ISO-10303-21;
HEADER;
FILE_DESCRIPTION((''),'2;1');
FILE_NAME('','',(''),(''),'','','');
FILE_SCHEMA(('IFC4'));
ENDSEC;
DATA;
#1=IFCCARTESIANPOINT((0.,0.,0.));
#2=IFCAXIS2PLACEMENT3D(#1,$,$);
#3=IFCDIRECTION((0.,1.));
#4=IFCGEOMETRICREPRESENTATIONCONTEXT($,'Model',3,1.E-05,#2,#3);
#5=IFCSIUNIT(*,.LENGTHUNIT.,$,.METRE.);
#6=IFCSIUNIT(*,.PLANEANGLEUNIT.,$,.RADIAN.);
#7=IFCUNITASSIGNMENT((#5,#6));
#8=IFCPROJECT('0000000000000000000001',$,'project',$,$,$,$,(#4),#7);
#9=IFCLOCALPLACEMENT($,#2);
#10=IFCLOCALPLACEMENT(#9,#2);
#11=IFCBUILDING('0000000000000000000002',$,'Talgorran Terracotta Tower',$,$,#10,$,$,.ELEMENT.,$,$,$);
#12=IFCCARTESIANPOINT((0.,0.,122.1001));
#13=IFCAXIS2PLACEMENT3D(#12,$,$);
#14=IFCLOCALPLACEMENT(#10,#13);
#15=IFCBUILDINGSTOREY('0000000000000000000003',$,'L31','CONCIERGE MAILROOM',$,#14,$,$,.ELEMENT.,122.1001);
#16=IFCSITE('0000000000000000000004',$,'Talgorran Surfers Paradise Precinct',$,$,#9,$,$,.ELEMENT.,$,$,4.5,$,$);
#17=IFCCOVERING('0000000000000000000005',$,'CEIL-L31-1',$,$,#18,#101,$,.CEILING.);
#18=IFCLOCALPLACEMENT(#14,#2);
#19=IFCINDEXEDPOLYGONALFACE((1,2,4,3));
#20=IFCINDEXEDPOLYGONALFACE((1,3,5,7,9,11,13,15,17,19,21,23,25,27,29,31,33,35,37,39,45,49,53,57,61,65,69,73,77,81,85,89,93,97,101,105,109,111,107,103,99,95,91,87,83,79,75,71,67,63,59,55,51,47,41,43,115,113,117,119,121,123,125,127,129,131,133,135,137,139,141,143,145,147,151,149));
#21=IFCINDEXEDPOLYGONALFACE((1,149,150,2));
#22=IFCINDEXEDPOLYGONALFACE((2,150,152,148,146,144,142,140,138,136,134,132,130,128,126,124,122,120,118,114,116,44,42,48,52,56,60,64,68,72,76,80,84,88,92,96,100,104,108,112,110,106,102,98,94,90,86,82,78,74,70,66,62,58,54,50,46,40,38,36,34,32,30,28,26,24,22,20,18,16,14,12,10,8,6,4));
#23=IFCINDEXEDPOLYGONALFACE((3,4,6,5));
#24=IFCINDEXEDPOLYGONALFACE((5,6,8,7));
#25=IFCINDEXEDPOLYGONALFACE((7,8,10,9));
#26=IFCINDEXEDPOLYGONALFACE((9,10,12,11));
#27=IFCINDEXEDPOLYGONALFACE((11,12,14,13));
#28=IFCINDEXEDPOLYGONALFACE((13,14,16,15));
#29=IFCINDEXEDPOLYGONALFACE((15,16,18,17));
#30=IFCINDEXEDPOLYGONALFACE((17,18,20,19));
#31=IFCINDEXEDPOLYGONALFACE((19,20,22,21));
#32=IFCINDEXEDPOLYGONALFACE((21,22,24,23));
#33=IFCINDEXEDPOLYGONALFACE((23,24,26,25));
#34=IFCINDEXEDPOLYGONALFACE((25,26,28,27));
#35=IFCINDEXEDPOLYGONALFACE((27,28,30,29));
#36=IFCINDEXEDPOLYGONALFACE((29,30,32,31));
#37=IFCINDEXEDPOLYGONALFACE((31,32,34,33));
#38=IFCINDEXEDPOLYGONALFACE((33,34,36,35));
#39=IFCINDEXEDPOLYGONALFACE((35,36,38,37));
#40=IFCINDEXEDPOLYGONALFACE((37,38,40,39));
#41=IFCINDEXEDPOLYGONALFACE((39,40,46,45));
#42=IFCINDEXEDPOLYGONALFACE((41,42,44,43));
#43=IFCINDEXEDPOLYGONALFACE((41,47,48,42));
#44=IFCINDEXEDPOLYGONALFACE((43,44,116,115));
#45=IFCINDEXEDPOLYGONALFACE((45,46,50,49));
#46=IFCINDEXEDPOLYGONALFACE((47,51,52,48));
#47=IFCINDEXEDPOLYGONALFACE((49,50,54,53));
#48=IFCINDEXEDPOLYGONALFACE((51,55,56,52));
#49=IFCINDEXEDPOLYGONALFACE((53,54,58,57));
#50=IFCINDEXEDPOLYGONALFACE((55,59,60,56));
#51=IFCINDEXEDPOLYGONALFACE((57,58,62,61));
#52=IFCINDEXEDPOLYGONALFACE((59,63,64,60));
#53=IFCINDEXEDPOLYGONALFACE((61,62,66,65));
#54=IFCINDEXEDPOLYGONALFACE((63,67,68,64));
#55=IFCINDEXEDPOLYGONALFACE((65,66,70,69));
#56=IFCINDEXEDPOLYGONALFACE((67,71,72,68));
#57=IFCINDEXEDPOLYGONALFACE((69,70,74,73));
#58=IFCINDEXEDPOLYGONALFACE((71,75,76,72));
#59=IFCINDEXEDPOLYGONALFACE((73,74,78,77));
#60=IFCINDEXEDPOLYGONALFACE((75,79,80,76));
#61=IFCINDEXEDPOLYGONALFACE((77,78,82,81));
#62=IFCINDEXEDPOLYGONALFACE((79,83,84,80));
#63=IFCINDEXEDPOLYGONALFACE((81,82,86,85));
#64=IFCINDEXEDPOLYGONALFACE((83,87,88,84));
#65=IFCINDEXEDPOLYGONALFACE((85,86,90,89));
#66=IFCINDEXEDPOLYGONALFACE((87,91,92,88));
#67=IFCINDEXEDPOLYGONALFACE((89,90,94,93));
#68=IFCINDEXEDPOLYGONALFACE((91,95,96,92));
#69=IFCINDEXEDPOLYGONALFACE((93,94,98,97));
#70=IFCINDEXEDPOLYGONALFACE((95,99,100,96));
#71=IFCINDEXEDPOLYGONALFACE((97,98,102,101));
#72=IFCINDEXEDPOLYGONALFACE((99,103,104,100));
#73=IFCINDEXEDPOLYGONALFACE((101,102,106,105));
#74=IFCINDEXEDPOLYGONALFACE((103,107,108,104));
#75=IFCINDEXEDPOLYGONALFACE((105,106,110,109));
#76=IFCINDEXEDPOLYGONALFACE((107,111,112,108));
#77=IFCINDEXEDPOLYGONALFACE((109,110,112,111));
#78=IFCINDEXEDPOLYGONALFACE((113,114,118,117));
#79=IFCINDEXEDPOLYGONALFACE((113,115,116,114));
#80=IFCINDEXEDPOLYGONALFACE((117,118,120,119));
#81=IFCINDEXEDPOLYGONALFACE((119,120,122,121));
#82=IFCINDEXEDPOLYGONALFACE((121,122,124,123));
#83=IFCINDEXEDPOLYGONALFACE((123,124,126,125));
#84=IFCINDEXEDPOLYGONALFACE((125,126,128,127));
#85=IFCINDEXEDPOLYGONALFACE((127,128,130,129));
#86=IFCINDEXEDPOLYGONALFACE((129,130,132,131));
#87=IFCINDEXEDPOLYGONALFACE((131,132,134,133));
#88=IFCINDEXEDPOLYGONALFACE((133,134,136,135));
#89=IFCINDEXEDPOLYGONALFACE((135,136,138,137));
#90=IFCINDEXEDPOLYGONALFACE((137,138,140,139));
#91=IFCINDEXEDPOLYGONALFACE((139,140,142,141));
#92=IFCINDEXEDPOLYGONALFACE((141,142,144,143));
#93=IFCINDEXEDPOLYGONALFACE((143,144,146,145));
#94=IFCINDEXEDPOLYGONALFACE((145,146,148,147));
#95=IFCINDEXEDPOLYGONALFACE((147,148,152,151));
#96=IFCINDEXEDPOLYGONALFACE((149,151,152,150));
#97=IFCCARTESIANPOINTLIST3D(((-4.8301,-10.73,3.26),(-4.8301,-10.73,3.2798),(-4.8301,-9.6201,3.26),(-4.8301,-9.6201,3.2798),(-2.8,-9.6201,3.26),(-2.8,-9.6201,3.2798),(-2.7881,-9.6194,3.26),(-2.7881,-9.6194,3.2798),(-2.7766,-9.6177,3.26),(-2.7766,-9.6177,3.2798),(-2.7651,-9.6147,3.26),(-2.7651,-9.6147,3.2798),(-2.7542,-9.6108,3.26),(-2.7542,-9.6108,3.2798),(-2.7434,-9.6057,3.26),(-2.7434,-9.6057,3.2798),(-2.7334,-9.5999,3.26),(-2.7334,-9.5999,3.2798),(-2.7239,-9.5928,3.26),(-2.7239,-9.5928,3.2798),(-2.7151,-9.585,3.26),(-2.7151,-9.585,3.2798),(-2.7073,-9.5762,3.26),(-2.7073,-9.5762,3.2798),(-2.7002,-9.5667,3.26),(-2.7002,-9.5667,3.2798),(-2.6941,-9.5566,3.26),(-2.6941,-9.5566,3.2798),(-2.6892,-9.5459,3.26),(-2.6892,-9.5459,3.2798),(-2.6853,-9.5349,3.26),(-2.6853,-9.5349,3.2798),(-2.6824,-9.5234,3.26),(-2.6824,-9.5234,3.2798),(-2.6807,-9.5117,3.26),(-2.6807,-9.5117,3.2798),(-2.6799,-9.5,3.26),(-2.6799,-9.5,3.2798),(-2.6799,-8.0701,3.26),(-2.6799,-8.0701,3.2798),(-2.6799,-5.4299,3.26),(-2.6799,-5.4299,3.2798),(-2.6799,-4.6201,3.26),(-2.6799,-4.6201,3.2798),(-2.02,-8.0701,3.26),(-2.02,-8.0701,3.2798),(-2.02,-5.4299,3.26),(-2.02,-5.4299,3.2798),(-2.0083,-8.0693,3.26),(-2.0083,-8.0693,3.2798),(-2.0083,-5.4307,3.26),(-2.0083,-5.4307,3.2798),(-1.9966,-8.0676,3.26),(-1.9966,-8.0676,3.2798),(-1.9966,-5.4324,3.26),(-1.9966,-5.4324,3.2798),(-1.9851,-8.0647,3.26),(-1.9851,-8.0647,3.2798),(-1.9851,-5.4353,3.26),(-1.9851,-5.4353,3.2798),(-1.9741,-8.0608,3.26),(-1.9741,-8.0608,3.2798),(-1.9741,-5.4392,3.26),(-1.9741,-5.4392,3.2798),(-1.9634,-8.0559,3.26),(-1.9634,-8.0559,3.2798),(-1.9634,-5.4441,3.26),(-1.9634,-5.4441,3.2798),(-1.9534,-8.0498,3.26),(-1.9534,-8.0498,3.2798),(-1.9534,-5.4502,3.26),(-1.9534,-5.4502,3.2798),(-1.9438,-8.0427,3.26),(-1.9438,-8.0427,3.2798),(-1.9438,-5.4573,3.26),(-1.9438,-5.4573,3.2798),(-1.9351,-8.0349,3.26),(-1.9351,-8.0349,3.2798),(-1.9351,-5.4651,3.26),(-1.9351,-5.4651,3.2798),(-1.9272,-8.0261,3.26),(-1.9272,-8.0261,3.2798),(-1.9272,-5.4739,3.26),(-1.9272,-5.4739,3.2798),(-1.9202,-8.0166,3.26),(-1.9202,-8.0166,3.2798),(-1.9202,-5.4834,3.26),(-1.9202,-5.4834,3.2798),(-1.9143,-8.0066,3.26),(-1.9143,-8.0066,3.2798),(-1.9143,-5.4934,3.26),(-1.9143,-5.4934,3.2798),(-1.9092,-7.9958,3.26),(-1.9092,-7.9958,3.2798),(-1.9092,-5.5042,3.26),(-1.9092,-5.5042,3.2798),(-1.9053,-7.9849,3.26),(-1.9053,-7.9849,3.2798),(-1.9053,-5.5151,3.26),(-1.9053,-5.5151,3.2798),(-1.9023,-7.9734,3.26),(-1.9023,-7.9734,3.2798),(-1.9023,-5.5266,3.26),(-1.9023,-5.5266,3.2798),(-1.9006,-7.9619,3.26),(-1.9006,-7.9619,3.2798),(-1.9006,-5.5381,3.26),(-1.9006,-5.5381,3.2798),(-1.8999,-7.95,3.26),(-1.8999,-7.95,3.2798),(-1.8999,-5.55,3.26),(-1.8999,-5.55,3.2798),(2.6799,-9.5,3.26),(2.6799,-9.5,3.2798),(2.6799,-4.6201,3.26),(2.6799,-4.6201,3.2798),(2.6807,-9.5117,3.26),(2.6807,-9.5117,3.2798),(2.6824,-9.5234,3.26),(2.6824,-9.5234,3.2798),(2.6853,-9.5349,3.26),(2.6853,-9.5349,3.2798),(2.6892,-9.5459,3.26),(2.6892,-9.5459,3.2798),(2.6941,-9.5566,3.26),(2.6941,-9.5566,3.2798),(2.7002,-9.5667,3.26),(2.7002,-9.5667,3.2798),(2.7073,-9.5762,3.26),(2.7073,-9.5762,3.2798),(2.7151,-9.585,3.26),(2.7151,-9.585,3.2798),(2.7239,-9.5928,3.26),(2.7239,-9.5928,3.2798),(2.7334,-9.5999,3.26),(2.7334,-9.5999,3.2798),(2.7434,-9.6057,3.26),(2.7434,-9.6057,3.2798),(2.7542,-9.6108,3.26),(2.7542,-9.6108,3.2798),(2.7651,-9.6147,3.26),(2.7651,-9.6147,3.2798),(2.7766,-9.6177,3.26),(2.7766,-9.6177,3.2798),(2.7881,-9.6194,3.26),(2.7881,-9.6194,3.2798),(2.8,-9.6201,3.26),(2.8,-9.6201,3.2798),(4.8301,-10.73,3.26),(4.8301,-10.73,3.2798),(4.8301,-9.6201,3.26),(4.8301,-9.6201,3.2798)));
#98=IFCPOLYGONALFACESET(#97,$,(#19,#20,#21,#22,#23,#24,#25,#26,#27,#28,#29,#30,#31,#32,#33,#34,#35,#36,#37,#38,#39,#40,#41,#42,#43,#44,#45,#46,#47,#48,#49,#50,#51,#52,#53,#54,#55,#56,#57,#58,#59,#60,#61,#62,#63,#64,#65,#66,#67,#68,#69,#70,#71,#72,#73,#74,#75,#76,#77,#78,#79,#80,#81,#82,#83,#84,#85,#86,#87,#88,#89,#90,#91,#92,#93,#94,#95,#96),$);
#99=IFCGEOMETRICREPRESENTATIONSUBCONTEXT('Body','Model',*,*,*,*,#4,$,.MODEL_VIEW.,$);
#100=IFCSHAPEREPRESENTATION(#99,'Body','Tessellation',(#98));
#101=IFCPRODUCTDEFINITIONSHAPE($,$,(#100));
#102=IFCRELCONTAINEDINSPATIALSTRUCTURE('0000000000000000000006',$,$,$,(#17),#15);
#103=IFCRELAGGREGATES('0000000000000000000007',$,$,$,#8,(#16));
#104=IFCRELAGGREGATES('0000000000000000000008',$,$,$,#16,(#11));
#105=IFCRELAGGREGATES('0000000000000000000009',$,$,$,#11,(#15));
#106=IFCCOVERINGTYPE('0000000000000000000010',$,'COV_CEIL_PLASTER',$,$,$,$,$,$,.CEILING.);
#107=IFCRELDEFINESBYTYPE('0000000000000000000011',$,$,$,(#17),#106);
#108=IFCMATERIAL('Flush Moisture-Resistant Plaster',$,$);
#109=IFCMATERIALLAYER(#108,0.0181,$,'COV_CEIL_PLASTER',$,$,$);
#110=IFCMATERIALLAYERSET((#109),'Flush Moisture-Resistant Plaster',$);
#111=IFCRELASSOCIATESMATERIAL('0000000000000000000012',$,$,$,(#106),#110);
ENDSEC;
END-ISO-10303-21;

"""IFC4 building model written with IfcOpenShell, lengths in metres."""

from ifc_helpers import new_model, si_unit, direction, frame, origin, place, context, subcontext, project, spatial, polyline, outline, extrude, material, layer, layer_set, type_object, element, save


model = new_model("IFC4")

# Units and contexts
model_context = context("Model", 3, precision=1e-05, world=origin(), true_north=direction((0.0, 1.0)))
body_context = subcontext(model_context, "Body", "Model", "MODEL_VIEW")
ifc_project = project(units=[si_unit("LENGTHUNIT", "METRE"), si_unit("PLANEANGLEUNIT", "RADIAN")], contexts=[model_context])

# Site, building, storey
site_placement = place(None, origin())
site = spatial("IfcSite", under=ifc_project, at=site_placement, Name="Talgorran Surfers Paradise Precinct", CompositionType="ELEMENT", RefElevation=4.5)
building_placement = place(site_placement, origin())
building = spatial("IfcBuilding", under=site, at=building_placement, Name="Talgorran Terracotta Tower", CompositionType="ELEMENT")
storey_placement = place(building_placement, frame((0.0, 0.0, 122.1001)))
storey = spatial("IfcBuildingStorey", under=building, at=storey_placement, Name="L31", Description="CONCIERGE MAILROOM", CompositionType="ELEMENT", Elevation=122.1001)

# Covering
ifc_material_1 = material(Name="Flush Moisture-Resistant Plaster")
ifc_layer_1 = layer(ifc_material_1, 0.0181, Name="COV_CEIL_PLASTER")
ifc_layer_set_1 = layer_set([ifc_layer_1], Name="Flush Moisture-Resistant Plaster")
covering_type_1 = type_object("IfcCoveringType", Name="COV_CEIL_PLASTER", PredefinedType="CEILING", material=ifc_layer_set_1)
covering_1_placement = place(storey_placement, frame((0.0, 0.0, 3.26)))
element("IfcCovering", 1, at=covering_1_placement, inside=storey, type_object=covering_type_1, Name="CEIL-L31-1", PredefinedType="CEILING", context=body_context, shape_type="SweptSolid", body=[
    extrude(outline(polyline([(2.6799, -4.6201), (2.6799, -9.5), (2.6807, -9.5117), (2.6824, -9.5234), (2.6853, -9.5349), (2.6892, -9.5459), (2.6941, -9.5566), (2.7002, -9.5667), (2.7073, -9.5762), (2.7151, -9.585), (2.7239, -9.5928), (2.7334, -9.5999), (2.7434, -9.6057), (2.7542, -9.6108), (2.7651, -9.6147), (2.7766, -9.6177), (2.7881, -9.6194), (2.8, -9.6201), (4.8301, -9.6201), (4.8301, -10.73), (-4.8301, -10.73), (-4.8301, -9.6201), (-2.8, -9.6201), (-2.7881, -9.6194), (-2.7766, -9.6177), (-2.7651, -9.6147), (-2.7542, -9.6108), (-2.7434, -9.6057), (-2.7334, -9.5999), (-2.7239, -9.5928), (-2.7151, -9.585), (-2.7073, -9.5762), (-2.7002, -9.5667), (-2.6941, -9.5566), (-2.6892, -9.5459), (-2.6853, -9.5349), (-2.6824, -9.5234), (-2.6807, -9.5117), (-2.6799, -9.5), (-2.6799, -8.0701), (-2.02, -8.0701), (-2.0083, -8.0693), (-1.9966, -8.0676), (-1.9851, -8.0647), (-1.9741, -8.0608), (-1.9634, -8.0559), (-1.9534, -8.0498), (-1.9438, -8.0427), (-1.9351, -8.0349), (-1.9272, -8.0261), (-1.9202, -8.0166), (-1.9143, -8.0066), (-1.9092, -7.9958), (-1.9053, -7.9849), (-1.9023, -7.9734), (-1.9006, -7.9619), (-1.8999, -7.95), (-1.8999, -5.55), (-1.9006, -5.5381), (-1.9023, -5.5266), (-1.9053, -5.5151), (-1.9092, -5.5042), (-1.9143, -5.4934), (-1.9202, -5.4834), (-1.9272, -5.4739), (-1.9351, -5.4651), (-1.9438, -5.4573), (-1.9534, -5.4502), (-1.9634, -5.4441), (-1.9741, -5.4392), (-1.9851, -5.4353), (-1.9966, -5.4324), (-2.0083, -5.4307), (-2.02, -5.4299), (-2.6799, -5.4299), (-2.6799, -4.6201), (2.6799, -4.6201)])), origin(), (0.0, 0.0, 1.0), 0.0198),
])

save(model, "model.ifc")
